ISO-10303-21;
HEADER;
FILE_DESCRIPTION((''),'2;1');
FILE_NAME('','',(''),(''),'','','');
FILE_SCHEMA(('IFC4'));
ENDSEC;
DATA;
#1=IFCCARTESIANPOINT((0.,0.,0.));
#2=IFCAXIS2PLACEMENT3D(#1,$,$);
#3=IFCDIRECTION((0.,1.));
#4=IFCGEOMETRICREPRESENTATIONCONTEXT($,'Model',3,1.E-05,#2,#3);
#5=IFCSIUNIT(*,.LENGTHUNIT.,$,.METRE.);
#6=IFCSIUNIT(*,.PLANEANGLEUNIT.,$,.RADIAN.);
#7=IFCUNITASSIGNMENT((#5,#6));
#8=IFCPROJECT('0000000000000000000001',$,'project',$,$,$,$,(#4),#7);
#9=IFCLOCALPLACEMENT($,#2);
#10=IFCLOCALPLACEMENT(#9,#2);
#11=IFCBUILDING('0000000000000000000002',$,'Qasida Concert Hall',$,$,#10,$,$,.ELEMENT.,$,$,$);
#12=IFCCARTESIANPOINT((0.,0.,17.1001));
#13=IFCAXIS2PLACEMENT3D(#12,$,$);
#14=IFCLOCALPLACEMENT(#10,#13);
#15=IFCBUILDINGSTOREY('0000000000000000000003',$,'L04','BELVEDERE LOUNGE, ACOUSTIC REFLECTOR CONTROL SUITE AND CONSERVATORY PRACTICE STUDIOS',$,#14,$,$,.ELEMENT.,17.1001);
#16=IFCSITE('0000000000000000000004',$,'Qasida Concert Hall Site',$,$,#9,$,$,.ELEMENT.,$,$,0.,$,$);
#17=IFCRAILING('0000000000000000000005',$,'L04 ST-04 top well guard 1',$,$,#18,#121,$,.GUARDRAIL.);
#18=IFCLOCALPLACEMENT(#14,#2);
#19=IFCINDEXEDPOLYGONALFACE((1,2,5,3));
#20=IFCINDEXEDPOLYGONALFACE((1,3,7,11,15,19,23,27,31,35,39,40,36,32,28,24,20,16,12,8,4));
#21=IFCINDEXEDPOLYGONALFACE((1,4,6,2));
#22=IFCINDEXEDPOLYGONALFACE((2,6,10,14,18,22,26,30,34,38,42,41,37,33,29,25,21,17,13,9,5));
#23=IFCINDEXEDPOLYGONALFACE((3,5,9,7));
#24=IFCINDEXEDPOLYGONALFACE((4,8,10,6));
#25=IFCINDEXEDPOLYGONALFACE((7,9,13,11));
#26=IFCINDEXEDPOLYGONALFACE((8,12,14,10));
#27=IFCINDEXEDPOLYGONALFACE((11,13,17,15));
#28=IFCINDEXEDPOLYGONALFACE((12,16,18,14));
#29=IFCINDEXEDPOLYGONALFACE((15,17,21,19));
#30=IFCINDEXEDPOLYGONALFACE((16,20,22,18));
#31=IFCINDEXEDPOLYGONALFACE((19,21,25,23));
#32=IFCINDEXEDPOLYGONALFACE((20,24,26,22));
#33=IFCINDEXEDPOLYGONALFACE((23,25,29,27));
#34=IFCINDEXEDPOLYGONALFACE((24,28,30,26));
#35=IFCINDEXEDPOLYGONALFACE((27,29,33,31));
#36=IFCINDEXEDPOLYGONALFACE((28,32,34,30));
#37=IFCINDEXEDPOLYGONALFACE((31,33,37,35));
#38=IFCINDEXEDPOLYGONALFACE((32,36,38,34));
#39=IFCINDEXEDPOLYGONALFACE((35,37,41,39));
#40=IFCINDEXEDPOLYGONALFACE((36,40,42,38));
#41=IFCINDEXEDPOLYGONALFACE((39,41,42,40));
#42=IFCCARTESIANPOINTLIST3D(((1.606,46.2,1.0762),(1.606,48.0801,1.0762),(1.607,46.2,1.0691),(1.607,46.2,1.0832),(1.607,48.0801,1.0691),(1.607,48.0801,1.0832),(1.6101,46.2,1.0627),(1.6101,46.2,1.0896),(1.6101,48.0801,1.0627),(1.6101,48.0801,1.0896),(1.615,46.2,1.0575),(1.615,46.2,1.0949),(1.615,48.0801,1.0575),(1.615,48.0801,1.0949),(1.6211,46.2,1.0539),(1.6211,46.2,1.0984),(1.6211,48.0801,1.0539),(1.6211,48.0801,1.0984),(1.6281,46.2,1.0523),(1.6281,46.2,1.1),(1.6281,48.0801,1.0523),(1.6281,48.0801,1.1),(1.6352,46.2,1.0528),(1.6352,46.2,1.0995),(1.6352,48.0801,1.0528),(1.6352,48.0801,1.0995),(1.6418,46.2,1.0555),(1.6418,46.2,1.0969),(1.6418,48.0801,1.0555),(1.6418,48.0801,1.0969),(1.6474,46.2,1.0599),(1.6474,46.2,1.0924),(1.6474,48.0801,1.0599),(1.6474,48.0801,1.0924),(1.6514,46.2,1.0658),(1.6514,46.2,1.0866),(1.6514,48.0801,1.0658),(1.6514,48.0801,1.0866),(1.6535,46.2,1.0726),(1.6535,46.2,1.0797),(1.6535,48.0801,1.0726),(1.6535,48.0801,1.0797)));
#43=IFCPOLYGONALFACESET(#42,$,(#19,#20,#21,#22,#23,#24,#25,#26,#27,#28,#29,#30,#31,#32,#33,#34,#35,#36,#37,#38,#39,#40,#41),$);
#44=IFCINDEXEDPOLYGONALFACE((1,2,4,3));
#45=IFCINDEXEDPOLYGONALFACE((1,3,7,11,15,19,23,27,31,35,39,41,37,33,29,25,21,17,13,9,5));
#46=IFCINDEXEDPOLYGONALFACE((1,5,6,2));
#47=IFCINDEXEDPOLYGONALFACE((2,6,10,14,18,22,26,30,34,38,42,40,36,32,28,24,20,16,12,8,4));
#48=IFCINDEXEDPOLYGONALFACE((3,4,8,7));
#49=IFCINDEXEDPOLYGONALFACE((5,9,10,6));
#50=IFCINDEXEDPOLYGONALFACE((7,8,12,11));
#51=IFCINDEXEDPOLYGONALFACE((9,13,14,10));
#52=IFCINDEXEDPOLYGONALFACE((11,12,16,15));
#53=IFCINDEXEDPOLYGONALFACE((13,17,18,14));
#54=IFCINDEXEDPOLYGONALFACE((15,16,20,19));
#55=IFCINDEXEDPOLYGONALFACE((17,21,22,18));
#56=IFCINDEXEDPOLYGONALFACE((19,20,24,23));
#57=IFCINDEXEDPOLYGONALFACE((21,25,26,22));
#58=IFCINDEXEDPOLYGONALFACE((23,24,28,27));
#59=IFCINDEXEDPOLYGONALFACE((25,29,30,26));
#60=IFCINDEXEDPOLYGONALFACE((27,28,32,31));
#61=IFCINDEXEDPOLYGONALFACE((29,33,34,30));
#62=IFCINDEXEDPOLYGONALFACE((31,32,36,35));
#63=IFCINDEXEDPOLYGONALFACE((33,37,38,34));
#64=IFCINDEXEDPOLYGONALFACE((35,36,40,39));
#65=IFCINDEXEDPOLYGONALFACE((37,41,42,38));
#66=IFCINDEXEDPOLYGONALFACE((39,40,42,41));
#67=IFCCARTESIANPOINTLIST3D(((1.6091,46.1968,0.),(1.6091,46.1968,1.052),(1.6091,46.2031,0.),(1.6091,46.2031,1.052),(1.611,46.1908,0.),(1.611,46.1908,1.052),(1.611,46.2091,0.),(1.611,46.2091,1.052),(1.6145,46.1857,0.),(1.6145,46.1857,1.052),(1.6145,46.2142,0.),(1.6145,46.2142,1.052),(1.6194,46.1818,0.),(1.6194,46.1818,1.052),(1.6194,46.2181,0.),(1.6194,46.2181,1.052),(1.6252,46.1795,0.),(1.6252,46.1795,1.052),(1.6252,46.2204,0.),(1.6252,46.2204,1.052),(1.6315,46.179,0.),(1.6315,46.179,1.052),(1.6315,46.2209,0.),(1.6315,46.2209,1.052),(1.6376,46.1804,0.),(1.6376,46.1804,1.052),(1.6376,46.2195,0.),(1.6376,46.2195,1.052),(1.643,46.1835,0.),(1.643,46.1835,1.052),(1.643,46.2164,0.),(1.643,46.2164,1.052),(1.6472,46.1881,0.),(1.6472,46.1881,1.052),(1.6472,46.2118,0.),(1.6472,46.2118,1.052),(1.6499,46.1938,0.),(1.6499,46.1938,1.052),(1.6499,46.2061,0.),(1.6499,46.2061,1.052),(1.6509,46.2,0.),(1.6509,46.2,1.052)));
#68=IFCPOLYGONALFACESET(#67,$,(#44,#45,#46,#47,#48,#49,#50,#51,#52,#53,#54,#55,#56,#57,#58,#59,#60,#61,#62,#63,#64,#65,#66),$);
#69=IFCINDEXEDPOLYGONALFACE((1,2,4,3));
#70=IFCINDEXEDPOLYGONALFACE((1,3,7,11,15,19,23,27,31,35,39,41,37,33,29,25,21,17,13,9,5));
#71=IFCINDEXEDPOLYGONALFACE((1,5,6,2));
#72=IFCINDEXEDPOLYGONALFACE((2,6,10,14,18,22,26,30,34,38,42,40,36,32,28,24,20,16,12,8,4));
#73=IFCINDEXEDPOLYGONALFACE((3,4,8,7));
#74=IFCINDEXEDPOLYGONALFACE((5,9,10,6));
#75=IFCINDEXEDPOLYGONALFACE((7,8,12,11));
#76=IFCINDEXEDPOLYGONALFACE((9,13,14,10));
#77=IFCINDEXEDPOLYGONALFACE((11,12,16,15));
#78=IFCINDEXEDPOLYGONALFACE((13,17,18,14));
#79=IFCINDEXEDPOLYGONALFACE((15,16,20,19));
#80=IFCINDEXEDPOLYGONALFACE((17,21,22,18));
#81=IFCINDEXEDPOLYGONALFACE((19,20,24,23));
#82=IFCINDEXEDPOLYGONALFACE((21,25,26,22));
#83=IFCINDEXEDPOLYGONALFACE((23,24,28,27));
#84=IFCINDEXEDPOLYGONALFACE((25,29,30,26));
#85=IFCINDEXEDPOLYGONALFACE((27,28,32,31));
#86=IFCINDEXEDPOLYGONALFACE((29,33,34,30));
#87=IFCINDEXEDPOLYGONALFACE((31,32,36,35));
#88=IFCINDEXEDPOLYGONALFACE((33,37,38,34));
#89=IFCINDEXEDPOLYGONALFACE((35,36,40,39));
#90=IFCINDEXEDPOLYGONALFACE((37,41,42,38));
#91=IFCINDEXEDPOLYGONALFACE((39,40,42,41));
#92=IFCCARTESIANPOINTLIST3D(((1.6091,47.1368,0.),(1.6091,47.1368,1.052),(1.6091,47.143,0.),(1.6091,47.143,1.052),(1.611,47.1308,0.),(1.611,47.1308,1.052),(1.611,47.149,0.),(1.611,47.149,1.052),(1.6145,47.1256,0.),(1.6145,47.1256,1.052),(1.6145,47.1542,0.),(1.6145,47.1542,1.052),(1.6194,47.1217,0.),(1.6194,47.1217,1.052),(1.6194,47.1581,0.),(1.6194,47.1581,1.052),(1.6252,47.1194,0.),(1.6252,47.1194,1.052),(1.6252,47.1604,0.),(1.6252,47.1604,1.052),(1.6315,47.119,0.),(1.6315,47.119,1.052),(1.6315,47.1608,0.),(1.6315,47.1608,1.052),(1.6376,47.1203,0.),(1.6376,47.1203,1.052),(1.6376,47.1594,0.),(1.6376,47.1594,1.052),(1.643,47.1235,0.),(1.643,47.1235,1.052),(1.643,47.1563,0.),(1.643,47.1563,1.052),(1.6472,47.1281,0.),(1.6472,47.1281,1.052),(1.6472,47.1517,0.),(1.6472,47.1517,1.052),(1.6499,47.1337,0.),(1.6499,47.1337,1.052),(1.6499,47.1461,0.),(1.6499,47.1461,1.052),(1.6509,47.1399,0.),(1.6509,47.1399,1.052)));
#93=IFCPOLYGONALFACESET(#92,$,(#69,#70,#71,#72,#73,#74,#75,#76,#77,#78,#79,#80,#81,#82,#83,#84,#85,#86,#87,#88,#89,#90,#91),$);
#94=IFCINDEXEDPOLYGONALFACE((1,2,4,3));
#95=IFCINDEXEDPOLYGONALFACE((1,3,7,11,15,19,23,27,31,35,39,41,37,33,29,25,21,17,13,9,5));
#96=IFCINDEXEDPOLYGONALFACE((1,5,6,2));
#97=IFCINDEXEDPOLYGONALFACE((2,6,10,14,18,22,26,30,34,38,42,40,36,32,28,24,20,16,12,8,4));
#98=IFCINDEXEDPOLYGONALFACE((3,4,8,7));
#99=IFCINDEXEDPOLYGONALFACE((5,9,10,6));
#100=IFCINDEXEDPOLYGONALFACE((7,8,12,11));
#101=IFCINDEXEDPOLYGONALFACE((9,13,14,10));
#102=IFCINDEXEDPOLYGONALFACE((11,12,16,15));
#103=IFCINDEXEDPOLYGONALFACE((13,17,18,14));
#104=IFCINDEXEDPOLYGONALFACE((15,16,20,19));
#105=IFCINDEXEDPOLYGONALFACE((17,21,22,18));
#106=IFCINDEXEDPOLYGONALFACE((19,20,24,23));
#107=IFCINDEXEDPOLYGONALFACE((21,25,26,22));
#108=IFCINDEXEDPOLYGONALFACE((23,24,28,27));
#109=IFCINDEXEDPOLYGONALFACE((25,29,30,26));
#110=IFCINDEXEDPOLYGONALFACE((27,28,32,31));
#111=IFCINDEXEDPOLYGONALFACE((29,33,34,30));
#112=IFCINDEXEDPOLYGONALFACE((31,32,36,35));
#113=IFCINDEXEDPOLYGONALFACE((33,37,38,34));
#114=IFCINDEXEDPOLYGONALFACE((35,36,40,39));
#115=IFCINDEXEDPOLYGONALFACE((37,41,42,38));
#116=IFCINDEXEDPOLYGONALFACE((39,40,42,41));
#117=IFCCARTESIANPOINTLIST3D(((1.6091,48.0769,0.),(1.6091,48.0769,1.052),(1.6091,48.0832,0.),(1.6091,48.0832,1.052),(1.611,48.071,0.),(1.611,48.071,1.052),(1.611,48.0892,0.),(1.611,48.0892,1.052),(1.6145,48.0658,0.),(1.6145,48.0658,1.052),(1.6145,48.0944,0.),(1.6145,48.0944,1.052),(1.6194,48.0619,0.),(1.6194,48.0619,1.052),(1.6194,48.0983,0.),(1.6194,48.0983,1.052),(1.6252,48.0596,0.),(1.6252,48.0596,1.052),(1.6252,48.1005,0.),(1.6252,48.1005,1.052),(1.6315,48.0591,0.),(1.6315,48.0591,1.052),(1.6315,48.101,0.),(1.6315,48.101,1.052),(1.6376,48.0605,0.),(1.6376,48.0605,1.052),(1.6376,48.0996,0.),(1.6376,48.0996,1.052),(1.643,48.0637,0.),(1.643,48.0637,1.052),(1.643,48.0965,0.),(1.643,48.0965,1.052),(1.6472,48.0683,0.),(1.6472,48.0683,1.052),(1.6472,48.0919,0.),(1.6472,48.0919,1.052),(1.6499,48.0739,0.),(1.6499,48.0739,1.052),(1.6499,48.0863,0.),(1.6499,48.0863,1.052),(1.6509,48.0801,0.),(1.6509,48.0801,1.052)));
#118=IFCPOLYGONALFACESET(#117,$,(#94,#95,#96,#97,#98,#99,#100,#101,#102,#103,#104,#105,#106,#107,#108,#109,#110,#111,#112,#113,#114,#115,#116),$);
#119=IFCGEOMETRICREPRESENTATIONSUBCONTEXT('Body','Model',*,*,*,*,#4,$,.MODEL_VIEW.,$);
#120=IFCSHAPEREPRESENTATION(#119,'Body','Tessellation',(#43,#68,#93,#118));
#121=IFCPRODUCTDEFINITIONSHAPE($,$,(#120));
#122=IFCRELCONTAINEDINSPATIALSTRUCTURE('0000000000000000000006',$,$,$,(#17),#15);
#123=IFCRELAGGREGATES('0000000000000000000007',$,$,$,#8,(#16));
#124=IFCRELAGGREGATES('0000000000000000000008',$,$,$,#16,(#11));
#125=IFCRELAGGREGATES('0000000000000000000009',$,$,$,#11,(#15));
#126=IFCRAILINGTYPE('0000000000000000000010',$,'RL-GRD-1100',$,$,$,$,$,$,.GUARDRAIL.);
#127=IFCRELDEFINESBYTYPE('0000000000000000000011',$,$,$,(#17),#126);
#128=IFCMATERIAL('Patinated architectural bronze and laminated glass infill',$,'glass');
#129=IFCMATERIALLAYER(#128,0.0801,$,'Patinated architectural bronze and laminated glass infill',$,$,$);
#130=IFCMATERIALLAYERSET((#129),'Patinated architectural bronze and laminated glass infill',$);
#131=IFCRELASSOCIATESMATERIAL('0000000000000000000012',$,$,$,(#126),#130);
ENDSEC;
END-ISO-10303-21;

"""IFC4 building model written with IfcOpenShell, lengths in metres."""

from ifc_helpers import new_model, si_unit, direction, frame, origin, origin_2d, place, context, subcontext, project, spatial, circle, extrude, material, layer, layer_set, type_object, element, save


model = new_model("IFC4")

# Units and contexts
model_context = context("Model", 3, precision=1e-05, world=origin(), true_north=direction((0.0, 1.0)))
body_context = subcontext(model_context, "Body", "Model", "MODEL_VIEW")
ifc_project = project(units=[si_unit("LENGTHUNIT", "METRE"), si_unit("PLANEANGLEUNIT", "RADIAN")], contexts=[model_context])

# Site, building, storey
site_placement = place(None, origin())
site = spatial("IfcSite", under=ifc_project, at=site_placement, Name="Qasida Concert Hall Site", CompositionType="ELEMENT", RefElevation=0.0)
building_placement = place(site_placement, origin())
building = spatial("IfcBuilding", under=site, at=building_placement, Name="Qasida Concert Hall", CompositionType="ELEMENT")
storey_placement = place(building_placement, frame((0.0, 0.0, 17.1001)))
storey = spatial("IfcBuildingStorey", under=building, at=storey_placement, Name="L04", Description="BELVEDERE LOUNGE, ACOUSTIC REFLECTOR CONTROL SUITE AND CONSERVATORY PRACTICE STUDIOS", CompositionType="ELEMENT", Elevation=17.1001)

# Railing
ifc_material_1 = material(Name="Patinated architectural bronze and laminated glass infill", Category="glass")
ifc_layer_1 = layer(ifc_material_1, 0.0801, Name="Patinated architectural bronze and laminated glass infill")
ifc_layer_set_1 = layer_set([ifc_layer_1], Name="Patinated architectural bronze and laminated glass infill")
railing_type = type_object("IfcRailingType", Name="RL-GRD-1100", PredefinedType="GUARDRAIL", material=ifc_layer_set_1)
railing_placement = place(storey_placement, frame((1.6299, 46.2, 0.0)))
element("IfcRailing", 1, at=railing_placement, inside=storey, type_object=railing_type, Name="L04 ST-04 top well guard 1", PredefinedType="GUARDRAIL", context=body_context, shape_type="SweptSolid", body=[
    extrude(circle(Radius=0.0239, at=origin_2d()), frame((0.0, 0.0, 1.0762), z_axis=(0.0, 1.0, 0.0), x_axis=(-1.0, 0.0, 0.0)), (0.0, 0.0, 1.0), 1.8801),
    extrude(circle(Radius=0.021, at=origin_2d()), origin(), (0.0, 0.0, 1.0), 1.052),
    extrude(circle(Radius=0.021, at=origin_2d()), frame((0.0, 0.9399, 0.0)), (0.0, 0.0, 1.0), 1.052),
    extrude(circle(Radius=0.021, at=origin_2d()), frame((0.0, 1.8801, 0.0)), (0.0, 0.0, 1.0), 1.052),
])

save(model, "model.ifc")
